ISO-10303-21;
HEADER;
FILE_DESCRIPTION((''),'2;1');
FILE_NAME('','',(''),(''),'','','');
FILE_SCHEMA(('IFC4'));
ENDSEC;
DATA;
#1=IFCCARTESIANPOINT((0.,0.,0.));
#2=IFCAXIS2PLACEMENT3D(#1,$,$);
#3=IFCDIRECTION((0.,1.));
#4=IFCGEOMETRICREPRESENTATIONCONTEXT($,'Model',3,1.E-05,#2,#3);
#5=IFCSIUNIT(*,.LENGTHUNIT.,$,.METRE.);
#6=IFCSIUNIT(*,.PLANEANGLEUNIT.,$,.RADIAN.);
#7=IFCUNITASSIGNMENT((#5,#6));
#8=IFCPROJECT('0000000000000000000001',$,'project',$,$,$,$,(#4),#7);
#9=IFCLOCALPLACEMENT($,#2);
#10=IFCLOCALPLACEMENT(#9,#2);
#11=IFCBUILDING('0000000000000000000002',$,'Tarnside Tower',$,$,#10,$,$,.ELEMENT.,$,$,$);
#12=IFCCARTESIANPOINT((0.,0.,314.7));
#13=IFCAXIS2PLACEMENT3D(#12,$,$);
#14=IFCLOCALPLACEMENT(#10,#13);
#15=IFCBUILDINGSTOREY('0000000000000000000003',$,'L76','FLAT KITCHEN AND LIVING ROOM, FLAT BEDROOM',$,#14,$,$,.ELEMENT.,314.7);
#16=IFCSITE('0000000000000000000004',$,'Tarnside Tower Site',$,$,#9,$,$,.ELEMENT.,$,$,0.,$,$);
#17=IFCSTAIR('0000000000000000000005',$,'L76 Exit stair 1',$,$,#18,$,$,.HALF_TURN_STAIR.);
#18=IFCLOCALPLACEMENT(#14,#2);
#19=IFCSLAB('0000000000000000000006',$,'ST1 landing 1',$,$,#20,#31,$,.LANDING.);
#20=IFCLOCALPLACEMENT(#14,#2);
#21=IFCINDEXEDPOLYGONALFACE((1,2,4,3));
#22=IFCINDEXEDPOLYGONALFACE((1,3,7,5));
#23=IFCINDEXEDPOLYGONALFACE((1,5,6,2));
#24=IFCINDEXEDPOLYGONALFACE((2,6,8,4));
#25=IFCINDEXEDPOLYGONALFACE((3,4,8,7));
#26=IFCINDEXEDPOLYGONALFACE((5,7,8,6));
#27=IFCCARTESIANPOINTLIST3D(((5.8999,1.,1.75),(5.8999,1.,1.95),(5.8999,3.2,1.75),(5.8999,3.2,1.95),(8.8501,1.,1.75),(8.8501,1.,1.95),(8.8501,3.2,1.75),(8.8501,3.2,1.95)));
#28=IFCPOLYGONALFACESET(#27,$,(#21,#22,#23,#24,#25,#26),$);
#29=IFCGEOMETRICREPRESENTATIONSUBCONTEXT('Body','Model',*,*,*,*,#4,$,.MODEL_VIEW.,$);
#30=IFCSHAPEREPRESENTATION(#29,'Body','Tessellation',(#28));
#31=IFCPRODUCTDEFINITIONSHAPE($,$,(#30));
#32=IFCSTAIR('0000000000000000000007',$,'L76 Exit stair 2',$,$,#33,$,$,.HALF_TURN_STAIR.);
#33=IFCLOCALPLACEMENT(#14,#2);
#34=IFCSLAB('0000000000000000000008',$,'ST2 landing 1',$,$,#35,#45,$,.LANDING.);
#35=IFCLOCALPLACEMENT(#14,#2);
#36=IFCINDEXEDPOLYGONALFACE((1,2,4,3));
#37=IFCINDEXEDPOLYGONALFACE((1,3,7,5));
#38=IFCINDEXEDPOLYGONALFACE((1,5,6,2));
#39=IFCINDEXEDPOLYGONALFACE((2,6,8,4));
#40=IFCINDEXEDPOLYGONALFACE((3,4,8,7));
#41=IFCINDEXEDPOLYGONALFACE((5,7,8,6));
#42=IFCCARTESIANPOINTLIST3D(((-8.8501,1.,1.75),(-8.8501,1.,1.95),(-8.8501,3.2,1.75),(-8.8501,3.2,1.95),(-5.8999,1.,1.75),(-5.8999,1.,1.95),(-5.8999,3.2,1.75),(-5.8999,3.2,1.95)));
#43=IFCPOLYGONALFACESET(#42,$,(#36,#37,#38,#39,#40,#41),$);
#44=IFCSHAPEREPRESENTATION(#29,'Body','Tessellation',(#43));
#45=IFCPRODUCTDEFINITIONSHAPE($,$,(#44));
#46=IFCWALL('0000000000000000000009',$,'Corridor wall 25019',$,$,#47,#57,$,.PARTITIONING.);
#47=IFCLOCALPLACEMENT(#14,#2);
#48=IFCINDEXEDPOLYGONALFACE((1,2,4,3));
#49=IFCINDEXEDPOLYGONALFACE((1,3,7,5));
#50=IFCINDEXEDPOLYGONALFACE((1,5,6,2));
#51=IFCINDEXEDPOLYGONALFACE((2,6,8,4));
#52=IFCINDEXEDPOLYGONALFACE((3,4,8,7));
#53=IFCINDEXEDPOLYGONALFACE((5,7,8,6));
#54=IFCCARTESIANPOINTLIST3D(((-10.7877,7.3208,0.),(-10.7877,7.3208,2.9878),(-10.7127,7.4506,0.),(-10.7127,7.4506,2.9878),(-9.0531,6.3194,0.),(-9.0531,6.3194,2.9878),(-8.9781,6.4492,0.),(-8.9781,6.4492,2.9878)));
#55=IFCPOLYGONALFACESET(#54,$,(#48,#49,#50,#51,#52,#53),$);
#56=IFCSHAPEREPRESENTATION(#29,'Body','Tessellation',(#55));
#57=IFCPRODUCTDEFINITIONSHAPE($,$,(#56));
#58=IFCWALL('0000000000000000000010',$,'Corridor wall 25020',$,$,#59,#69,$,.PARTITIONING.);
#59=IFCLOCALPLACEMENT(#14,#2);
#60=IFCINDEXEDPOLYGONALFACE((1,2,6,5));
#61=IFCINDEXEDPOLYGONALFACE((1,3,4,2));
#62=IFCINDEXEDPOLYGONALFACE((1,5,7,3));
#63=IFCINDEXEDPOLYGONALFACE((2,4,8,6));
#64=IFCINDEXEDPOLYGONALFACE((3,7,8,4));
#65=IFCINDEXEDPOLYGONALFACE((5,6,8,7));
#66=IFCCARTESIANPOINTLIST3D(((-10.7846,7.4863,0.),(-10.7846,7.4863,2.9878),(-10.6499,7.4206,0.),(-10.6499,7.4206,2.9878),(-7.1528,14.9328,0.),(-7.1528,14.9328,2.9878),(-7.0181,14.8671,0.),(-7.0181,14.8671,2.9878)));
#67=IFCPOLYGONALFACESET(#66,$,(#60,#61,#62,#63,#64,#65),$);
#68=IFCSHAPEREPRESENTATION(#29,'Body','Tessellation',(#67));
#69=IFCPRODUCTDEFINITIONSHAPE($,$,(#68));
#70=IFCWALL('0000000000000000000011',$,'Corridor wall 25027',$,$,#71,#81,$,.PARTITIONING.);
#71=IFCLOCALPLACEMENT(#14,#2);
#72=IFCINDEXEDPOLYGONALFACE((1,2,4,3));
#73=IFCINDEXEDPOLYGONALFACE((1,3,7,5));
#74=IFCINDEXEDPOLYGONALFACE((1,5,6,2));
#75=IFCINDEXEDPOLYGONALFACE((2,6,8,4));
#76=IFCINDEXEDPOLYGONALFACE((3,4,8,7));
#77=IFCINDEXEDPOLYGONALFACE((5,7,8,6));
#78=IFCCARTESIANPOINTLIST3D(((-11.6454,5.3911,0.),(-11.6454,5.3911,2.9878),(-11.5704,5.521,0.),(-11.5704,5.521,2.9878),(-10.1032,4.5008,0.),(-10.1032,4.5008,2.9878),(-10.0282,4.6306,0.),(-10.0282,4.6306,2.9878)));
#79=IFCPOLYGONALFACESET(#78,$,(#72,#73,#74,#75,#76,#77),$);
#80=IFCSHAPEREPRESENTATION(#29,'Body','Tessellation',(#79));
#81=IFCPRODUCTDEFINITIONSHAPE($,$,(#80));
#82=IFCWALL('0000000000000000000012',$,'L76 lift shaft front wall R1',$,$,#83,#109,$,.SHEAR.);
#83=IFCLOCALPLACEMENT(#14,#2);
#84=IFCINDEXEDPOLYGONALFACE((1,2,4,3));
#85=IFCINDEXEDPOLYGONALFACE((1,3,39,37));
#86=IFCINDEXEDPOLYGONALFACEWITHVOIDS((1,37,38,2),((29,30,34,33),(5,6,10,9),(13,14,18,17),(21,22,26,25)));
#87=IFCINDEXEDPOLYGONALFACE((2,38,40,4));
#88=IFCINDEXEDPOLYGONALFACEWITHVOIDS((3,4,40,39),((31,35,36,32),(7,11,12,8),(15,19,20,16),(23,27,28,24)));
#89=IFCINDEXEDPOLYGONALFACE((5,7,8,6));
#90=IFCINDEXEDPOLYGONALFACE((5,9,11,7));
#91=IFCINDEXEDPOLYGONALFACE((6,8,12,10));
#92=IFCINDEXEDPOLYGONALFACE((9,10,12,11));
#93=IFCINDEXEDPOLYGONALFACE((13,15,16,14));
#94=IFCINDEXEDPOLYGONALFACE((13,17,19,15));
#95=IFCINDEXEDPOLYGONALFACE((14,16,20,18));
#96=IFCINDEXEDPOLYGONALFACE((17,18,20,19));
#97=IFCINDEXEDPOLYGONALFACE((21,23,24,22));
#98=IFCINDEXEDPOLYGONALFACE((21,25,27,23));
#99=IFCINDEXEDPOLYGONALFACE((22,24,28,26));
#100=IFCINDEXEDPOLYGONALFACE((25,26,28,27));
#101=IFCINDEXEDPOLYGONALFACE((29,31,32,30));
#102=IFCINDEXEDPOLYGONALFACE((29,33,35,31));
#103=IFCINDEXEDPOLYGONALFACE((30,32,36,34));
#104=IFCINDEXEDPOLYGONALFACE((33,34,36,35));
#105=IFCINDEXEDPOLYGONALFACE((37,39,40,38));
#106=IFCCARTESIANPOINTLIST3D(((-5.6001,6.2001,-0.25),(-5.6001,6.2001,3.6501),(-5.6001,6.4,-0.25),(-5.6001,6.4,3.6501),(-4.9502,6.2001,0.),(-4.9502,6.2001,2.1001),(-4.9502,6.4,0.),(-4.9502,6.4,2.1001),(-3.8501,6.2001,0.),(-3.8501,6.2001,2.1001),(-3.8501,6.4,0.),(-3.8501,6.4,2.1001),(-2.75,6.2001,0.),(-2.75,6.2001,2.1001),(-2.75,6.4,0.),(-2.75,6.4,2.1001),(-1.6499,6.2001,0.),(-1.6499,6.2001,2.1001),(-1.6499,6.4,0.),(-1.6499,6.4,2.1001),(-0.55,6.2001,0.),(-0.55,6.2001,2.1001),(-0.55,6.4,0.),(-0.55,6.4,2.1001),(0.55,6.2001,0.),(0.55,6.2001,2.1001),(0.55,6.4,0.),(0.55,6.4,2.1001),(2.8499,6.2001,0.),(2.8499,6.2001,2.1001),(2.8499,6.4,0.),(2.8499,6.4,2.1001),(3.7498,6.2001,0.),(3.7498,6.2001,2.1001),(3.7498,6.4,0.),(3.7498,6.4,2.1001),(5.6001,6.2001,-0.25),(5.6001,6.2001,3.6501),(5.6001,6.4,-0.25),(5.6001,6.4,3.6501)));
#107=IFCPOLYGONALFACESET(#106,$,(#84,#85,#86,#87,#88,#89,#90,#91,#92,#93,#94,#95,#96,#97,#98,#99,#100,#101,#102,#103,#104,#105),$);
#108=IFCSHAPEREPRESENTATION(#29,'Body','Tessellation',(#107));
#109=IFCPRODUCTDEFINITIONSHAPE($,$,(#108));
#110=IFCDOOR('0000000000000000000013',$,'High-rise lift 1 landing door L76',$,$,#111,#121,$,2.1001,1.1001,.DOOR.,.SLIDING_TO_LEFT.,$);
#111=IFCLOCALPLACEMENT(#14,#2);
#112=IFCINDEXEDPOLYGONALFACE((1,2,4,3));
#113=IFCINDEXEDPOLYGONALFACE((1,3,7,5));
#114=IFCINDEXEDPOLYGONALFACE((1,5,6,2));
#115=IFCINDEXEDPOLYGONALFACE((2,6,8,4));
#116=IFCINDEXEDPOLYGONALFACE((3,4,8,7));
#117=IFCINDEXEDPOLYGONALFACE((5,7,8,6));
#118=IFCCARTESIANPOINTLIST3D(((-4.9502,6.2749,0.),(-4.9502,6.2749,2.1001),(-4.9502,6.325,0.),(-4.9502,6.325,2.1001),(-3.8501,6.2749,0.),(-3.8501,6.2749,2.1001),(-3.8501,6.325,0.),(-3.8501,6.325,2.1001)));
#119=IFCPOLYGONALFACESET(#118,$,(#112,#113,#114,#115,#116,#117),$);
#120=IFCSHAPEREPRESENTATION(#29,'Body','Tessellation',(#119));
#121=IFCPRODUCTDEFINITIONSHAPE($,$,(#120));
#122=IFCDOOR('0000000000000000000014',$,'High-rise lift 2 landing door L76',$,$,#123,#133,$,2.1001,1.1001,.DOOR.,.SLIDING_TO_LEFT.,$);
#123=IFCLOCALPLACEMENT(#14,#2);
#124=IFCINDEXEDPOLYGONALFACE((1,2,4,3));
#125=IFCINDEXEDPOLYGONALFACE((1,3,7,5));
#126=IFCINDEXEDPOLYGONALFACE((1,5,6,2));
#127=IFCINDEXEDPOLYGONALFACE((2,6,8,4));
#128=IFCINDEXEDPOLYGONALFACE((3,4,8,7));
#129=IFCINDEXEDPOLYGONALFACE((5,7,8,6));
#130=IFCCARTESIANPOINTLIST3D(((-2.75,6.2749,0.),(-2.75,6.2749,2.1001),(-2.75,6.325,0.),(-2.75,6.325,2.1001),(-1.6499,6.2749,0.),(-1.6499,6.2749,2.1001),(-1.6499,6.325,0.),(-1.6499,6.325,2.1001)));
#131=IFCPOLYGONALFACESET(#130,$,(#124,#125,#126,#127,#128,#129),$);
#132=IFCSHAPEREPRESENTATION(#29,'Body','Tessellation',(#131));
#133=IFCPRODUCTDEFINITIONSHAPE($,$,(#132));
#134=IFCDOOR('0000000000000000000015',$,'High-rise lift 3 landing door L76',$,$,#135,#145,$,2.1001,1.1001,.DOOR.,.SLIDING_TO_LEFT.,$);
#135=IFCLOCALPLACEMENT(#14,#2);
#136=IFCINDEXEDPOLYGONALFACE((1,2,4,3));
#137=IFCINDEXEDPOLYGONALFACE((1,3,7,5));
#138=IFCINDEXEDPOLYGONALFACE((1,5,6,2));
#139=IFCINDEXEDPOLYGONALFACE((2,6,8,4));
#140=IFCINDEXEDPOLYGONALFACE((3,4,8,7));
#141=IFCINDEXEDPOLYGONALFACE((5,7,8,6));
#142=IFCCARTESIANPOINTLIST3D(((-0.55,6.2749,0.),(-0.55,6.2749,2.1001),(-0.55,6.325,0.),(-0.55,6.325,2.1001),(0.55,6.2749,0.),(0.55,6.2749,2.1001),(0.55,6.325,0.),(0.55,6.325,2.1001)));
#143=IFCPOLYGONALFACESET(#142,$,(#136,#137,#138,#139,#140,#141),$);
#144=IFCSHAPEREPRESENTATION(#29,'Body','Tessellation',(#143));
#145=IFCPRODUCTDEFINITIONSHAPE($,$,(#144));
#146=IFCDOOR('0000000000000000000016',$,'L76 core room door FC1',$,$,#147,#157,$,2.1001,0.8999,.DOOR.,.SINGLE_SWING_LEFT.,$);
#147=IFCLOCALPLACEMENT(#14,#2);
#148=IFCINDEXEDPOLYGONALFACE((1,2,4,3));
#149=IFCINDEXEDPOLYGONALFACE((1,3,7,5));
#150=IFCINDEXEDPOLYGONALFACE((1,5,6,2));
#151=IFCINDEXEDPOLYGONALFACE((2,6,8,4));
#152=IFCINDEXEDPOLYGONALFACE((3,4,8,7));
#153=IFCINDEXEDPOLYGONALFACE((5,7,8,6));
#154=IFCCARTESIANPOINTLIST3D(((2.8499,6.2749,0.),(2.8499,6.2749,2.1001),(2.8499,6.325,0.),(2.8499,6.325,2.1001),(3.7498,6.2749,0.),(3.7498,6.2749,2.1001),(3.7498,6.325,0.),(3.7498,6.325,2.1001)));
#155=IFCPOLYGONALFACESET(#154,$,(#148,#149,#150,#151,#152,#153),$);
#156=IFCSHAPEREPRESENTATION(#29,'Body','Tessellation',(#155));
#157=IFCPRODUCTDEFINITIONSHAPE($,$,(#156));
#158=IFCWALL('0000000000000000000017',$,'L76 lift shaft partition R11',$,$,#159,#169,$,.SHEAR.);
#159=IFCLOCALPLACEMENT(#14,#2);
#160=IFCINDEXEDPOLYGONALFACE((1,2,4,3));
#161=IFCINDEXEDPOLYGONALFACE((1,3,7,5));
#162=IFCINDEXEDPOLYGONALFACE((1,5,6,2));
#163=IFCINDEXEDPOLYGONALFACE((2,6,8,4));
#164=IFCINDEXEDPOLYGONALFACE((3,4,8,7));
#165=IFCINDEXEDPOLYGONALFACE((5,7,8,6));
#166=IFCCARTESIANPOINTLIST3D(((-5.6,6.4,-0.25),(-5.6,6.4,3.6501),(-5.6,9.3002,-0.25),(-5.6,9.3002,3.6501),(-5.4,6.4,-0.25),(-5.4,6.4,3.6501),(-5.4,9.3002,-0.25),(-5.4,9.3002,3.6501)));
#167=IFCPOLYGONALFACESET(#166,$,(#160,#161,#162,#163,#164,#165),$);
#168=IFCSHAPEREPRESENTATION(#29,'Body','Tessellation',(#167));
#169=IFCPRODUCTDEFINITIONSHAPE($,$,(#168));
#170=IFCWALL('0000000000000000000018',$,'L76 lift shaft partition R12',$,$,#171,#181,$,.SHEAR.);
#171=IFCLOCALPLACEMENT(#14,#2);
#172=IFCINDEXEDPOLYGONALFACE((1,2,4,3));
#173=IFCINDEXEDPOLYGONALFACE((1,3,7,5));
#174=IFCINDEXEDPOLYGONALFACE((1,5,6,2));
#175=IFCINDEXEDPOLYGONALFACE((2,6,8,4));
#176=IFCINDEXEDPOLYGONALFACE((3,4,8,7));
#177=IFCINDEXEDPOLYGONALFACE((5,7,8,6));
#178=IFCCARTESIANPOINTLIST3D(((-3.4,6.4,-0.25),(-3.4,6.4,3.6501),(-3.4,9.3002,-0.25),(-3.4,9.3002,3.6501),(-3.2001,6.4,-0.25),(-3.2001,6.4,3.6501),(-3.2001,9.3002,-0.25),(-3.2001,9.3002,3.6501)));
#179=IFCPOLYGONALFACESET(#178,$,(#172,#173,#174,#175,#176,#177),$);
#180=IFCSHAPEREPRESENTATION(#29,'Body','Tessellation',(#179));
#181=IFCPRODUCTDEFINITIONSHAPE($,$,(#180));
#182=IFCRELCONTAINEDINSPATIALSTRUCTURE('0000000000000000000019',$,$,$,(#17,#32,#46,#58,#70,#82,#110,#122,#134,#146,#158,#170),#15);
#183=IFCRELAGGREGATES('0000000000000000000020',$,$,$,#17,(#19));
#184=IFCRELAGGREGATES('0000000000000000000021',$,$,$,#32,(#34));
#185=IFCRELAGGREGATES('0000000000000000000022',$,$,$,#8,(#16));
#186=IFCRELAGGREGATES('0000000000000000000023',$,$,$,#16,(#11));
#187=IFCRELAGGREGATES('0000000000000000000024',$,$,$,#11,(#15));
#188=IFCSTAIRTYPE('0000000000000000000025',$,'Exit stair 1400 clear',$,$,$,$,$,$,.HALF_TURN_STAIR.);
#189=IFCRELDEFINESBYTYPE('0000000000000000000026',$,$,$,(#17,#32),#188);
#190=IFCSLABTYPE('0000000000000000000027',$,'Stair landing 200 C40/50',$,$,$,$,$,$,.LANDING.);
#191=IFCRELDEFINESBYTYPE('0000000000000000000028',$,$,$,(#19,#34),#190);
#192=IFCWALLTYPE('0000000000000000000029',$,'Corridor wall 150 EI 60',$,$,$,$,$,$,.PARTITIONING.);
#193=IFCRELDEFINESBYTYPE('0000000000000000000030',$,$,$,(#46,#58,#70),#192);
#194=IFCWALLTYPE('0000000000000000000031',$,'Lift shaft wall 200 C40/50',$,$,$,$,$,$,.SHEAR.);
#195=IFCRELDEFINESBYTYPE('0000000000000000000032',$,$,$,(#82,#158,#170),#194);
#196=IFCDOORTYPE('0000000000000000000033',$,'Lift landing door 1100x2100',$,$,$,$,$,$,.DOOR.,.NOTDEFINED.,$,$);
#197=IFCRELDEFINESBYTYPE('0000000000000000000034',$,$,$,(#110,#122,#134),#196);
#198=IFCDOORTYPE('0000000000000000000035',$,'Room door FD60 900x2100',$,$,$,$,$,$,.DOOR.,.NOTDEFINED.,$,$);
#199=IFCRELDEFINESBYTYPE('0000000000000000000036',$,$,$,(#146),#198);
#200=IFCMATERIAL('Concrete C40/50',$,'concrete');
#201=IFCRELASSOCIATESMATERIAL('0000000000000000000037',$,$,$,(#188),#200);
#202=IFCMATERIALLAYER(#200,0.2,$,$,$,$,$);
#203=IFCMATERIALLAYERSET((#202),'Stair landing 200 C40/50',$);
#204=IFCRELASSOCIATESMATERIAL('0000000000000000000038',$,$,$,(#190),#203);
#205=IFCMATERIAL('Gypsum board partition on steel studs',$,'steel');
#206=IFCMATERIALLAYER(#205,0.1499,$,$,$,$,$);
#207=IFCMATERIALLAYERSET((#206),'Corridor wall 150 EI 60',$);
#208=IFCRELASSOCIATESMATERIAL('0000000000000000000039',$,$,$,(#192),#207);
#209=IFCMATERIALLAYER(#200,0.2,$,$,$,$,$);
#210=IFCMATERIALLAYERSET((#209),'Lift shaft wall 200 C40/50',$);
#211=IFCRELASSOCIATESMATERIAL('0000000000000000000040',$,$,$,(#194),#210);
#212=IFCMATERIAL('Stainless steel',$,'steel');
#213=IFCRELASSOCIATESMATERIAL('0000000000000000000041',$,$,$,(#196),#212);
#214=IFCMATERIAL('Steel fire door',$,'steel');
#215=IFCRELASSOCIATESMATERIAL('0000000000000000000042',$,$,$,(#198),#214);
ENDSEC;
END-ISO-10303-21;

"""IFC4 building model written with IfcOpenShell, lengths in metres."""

from ifc_helpers import new_model, si_unit, direction, frame, frame_2d, origin, place, context, subcontext, project, spatial, polyline, rectangle, outline, extrude, material, layer, layer_set, type_object, element, fill, aggregate, save


model = new_model("IFC4")

# Units and contexts
model_context = context("Model", 3, precision=1e-05, world=origin(), true_north=direction((0.0, 1.0)))
body_context = subcontext(model_context, "Body", "Model", "MODEL_VIEW")
ifc_project = project(units=[si_unit("LENGTHUNIT", "METRE"), si_unit("PLANEANGLEUNIT", "RADIAN")], contexts=[model_context])

# Site, building, storey
site_placement = place(None, origin())
site = spatial("IfcSite", under=ifc_project, at=site_placement, Name="Tarnside Tower Site", CompositionType="ELEMENT", RefElevation=0.0)
building_placement = place(site_placement, origin())
building = spatial("IfcBuilding", under=site, at=building_placement, Name="Tarnside Tower", CompositionType="ELEMENT")
storey_placement = place(building_placement, frame((0.0, 0.0, 314.7)))
storey = spatial("IfcBuildingStorey", under=building, at=storey_placement, Name="L76", Description="FLAT KITCHEN AND LIVING ROOM, FLAT BEDROOM", CompositionType="ELEMENT", Elevation=314.7)

# Shared definitions
ifc_material_1 = material(Name="Concrete C40/50", Category="concrete")

# Stairs, slabs
stair_type = type_object("IfcStairType", Name="Exit stair 1400 clear", PredefinedType="HALF_TURN_STAIR", material=ifc_material_1)
stair_1_placement = place(storey_placement, origin())
stair_1 = element("IfcStair", 1, at=stair_1_placement, inside=storey, type_object=stair_type, Name="L76 Exit stair 1", PredefinedType="HALF_TURN_STAIR")
ifc_layer_1 = layer(ifc_material_1, 0.2)
ifc_layer_set_1 = layer_set([ifc_layer_1], Name="Stair landing 200 C40/50")
slab_type_1 = type_object("IfcSlabType", Name="Stair landing 200 C40/50", PredefinedType="LANDING", material=ifc_layer_set_1)
slab_1_placement = place(storey_placement, frame((0.0, 0.0, 1.75)))
slab_1 = element("IfcSlab", 2, at=slab_1_placement, type_object=slab_type_1, Name="ST1 landing 1", PredefinedType="LANDING", context=body_context, shape_type="SweptSolid", body=[
    extrude(outline(polyline([(8.8501, 1.0), (8.8501, 3.2), (5.8999, 3.2), (5.8999, 1.0), (8.8501, 1.0)])), origin(), (0.0, 0.0, 1.0), 0.2),
])
aggregate(stair_1, [slab_1])
stair_2_placement = place(storey_placement, origin())
stair_2 = element("IfcStair", 3, at=stair_2_placement, inside=storey, type_object=stair_type, Name="L76 Exit stair 2", PredefinedType="HALF_TURN_STAIR")
slab_2_placement = place(storey_placement, frame((0.0, 0.0, 1.75)))
slab_2 = element("IfcSlab", 4, at=slab_2_placement, type_object=slab_type_1, Name="ST2 landing 1", PredefinedType="LANDING", context=body_context, shape_type="SweptSolid", body=[
    extrude(outline(polyline([(-5.8999, 1.0), (-5.8999, 3.2), (-8.8501, 3.2), (-8.8501, 1.0), (-5.8999, 1.0)])), origin(), (0.0, 0.0, 1.0), 0.2),
])

# Walls
ifc_material_2 = material(Name="Gypsum board partition on steel studs", Category="steel")
ifc_layer_2 = layer(ifc_material_2, 0.1499)
ifc_layer_set_2 = layer_set([ifc_layer_2], Name="Corridor wall 150 EI 60")
wall_type_1 = type_object("IfcWallType", Name="Corridor wall 150 EI 60", PredefinedType="PARTITIONING", material=ifc_layer_set_2)
wall_1_placement = place(storey_placement, frame((-9.0156, 6.3843, 0.0), z_axis=(0.0, 0.0, 1.0), x_axis=(-0.866029, 0.499993, 0.0)))
element("IfcWall", 5, at=wall_1_placement, inside=storey, type_object=wall_type_1, Name="Corridor wall 25019", PredefinedType="PARTITIONING", context=body_context, shape_type="SweptSolid", body=[
    extrude(rectangle(XDim=2.0029, YDim=0.1499, at=frame_2d((1.0015, 0.0))), origin(), (0.0, 0.0, 1.0), 2.9878),
])
wall_2_placement = place(storey_placement, frame((-10.7173, 7.4534, 0.0), z_axis=(0.0, 0.0, 1.0), x_axis=(0.438363, 0.898798, 0.0)))
element("IfcWall", 6, at=wall_2_placement, inside=storey, type_object=wall_type_1, Name="Corridor wall 25020", PredefinedType="PARTITIONING", context=body_context, shape_type="SweptSolid", body=[
    extrude(rectangle(XDim=8.2849, YDim=0.1499, at=frame_2d((4.1426, 0.0))), origin(), (0.0, 0.0, 1.0), 2.9878),
])
wall_3_placement = place(storey_placement, frame((-11.6079, 5.4561, 0.0), z_axis=(0.0, 0.0, 1.0), x_axis=(0.866033, -0.499987, 0.0)))
element("IfcWall", 7, at=wall_3_placement, inside=storey, type_object=wall_type_1, Name="Corridor wall 25027", PredefinedType="PARTITIONING", context=body_context, shape_type="SweptSolid", body=[
    extrude(rectangle(XDim=1.7808, YDim=0.1499, at=frame_2d((0.8904, 0.0))), origin(), (0.0, 0.0, 1.0), 2.9878),
])

# Wall, openings, doors
ifc_layer_3 = layer(ifc_material_1, 0.2)
ifc_layer_set_3 = layer_set([ifc_layer_3], Name="Lift shaft wall 200 C40/50")
wall_type_2 = type_object("IfcWallType", Name="Lift shaft wall 200 C40/50", PredefinedType="SHEAR", material=ifc_layer_set_3)
wall_4_placement = place(storey_placement, frame((-5.6001, 6.3, -0.25), z_axis=(0.0, 0.0, 1.0), x_axis=(1.0, 0.0, 0.0)))
wall_4 = element("IfcWall", 8, at=wall_4_placement, inside=storey, type_object=wall_type_2, Name="L76 lift shaft front wall R1", PredefinedType="SHEAR", context=body_context, shape_type="SweptSolid", body=[
    extrude(rectangle(XDim=11.2002, YDim=0.2, at=frame_2d((5.6001, 0.0))), origin(), (0.0, 0.0, 1.0), 3.9001),
])
opening_1_placement = place(wall_4_placement, frame((8.45, 0.0, 0.25)))
opening_1 = element("IfcOpeningElement", 9, at=opening_1_placement, cuts=wall_4, PredefinedType="OPENING", context=body_context, shape_type="SweptSolid", body=[
    extrude(rectangle(XDim=0.8999, YDim=2.1001, at=frame_2d((0.45, 1.05))), frame((0.0, 0.1099, 0.0), z_axis=(0.0, -1.0, 0.0), x_axis=(1.0, 0.0, 0.0)), (0.0, 0.0, 1.0), 0.22),
])
opening_2_placement = place(wall_4_placement, frame((0.6499, 0.0, 0.25)))
opening_2 = element("IfcOpeningElement", 10, at=opening_2_placement, cuts=wall_4, PredefinedType="OPENING", context=body_context, shape_type="SweptSolid", body=[
    extrude(rectangle(XDim=1.1001, YDim=2.1001, at=frame_2d((0.55, 1.05))), frame((0.0, 0.1099, 0.0), z_axis=(0.0, -1.0, 0.0), x_axis=(1.0, 0.0, 0.0)), (0.0, 0.0, 1.0), 0.22),
])
opening_3_placement = place(wall_4_placement, frame((2.8501, 0.0, 0.25)))
opening_3 = element("IfcOpeningElement", 11, at=opening_3_placement, cuts=wall_4, PredefinedType="OPENING", context=body_context, shape_type="SweptSolid", body=[
    extrude(rectangle(XDim=1.1001, YDim=2.1001, at=frame_2d((0.55, 1.05))), frame((0.0, 0.1099, 0.0), z_axis=(0.0, -1.0, 0.0), x_axis=(1.0, 0.0, 0.0)), (0.0, 0.0, 1.0), 0.22),
])
opening_4_placement = place(wall_4_placement, frame((5.05, 0.0, 0.25)))
opening_4 = element("IfcOpeningElement", 12, at=opening_4_placement, cuts=wall_4, PredefinedType="OPENING", context=body_context, shape_type="SweptSolid", body=[
    extrude(rectangle(XDim=1.1001, YDim=2.1001, at=frame_2d((0.55, 1.05))), frame((0.0, 0.1099, 0.0), z_axis=(0.0, -1.0, 0.0), x_axis=(1.0, 0.0, 0.0)), (0.0, 0.0, 1.0), 0.22),
])
ifc_material_3 = material(Name="Stainless steel", Category="steel")
door_type_1 = type_object("IfcDoorType", Name="Lift landing door 1100x2100", OperationType="NOTDEFINED", PredefinedType="DOOR", material=ifc_material_3)
door_1_placement = place(opening_2_placement, origin())
door_1 = element("IfcDoor", 13, at=door_1_placement, inside=storey, type_object=door_type_1, Name="High-rise lift 1 landing door L76", OperationType="SLIDING_TO_LEFT", OverallHeight=2.1001, OverallWidth=1.1001, PredefinedType="DOOR", context=body_context, shape_type="SweptSolid", body=[
    extrude(rectangle(XDim=1.1001, YDim=2.1001, at=frame_2d((0.55, 1.05))), frame((0.0, 0.0249, 0.0), z_axis=(0.0, -1.0, 0.0), x_axis=(1.0, 0.0, 0.0)), (0.0, 0.0, 1.0), 0.05),
])
fill(opening_2, door_1)
door_2_placement = place(opening_3_placement, origin())
door_2 = element("IfcDoor", 14, at=door_2_placement, inside=storey, type_object=door_type_1, Name="High-rise lift 2 landing door L76", OperationType="SLIDING_TO_LEFT", OverallHeight=2.1001, OverallWidth=1.1001, PredefinedType="DOOR", context=body_context, shape_type="SweptSolid", body=[
    extrude(rectangle(XDim=1.1001, YDim=2.1001, at=frame_2d((0.55, 1.05))), frame((0.0, 0.0249, 0.0), z_axis=(0.0, -1.0, 0.0), x_axis=(1.0, 0.0, 0.0)), (0.0, 0.0, 1.0), 0.05),
])
fill(opening_3, door_2)
door_3_placement = place(opening_4_placement, origin())
door_3 = element("IfcDoor", 15, at=door_3_placement, inside=storey, type_object=door_type_1, Name="High-rise lift 3 landing door L76", OperationType="SLIDING_TO_LEFT", OverallHeight=2.1001, OverallWidth=1.1001, PredefinedType="DOOR", context=body_context, shape_type="SweptSolid", body=[
    extrude(rectangle(XDim=1.1001, YDim=2.1001, at=frame_2d((0.55, 1.05))), frame((0.0, 0.0249, 0.0), z_axis=(0.0, -1.0, 0.0), x_axis=(1.0, 0.0, 0.0)), (0.0, 0.0, 1.0), 0.05),
])
fill(opening_4, door_3)
ifc_material_4 = material(Name="Steel fire door", Category="steel")
door_type_2 = type_object("IfcDoorType", Name="Room door FD60 900x2100", OperationType="NOTDEFINED", PredefinedType="DOOR", material=ifc_material_4)
door_4_placement = place(opening_1_placement, origin())
door_4 = element("IfcDoor", 16, at=door_4_placement, inside=storey, type_object=door_type_2, Name="L76 core room door FC1", OperationType="SINGLE_SWING_LEFT", OverallHeight=2.1001, OverallWidth=0.8999, PredefinedType="DOOR", context=body_context, shape_type="SweptSolid", body=[
    extrude(rectangle(XDim=0.8999, YDim=2.1001, at=frame_2d((0.45, 1.05))), frame((0.0, 0.0249, 0.0), z_axis=(0.0, -1.0, 0.0), x_axis=(1.0, 0.0, 0.0)), (0.0, 0.0, 1.0), 0.05),
])
fill(opening_1, door_4)

# Walls
for number, where, z_axis, x_axis, name in (
    (17, (-5.5, 6.3999, -0.25), (0.0, 0.0, 1.0), (0.0, 1.0, 0.0), "L76 lift shaft partition R11"),
    (18, (-3.3, 6.3999, -0.25), (0.0, 0.0, 1.0), (0.0, 1.0, 0.0), "L76 lift shaft partition R12"),
):
    element("IfcWall", number, at=place(storey_placement, frame(where, z_axis=z_axis, x_axis=x_axis)), inside=storey, type_object=wall_type_2, Name=name, PredefinedType="SHEAR", context=body_context, shape_type="SweptSolid", body=[
        extrude(rectangle(XDim=2.9001, YDim=0.2, at=frame_2d((1.4502, 0.0))), origin(), (0.0, 0.0, 1.0), 3.9001),
    ])

aggregate(stair_2, [slab_2])

save(model, "model.ifc")
